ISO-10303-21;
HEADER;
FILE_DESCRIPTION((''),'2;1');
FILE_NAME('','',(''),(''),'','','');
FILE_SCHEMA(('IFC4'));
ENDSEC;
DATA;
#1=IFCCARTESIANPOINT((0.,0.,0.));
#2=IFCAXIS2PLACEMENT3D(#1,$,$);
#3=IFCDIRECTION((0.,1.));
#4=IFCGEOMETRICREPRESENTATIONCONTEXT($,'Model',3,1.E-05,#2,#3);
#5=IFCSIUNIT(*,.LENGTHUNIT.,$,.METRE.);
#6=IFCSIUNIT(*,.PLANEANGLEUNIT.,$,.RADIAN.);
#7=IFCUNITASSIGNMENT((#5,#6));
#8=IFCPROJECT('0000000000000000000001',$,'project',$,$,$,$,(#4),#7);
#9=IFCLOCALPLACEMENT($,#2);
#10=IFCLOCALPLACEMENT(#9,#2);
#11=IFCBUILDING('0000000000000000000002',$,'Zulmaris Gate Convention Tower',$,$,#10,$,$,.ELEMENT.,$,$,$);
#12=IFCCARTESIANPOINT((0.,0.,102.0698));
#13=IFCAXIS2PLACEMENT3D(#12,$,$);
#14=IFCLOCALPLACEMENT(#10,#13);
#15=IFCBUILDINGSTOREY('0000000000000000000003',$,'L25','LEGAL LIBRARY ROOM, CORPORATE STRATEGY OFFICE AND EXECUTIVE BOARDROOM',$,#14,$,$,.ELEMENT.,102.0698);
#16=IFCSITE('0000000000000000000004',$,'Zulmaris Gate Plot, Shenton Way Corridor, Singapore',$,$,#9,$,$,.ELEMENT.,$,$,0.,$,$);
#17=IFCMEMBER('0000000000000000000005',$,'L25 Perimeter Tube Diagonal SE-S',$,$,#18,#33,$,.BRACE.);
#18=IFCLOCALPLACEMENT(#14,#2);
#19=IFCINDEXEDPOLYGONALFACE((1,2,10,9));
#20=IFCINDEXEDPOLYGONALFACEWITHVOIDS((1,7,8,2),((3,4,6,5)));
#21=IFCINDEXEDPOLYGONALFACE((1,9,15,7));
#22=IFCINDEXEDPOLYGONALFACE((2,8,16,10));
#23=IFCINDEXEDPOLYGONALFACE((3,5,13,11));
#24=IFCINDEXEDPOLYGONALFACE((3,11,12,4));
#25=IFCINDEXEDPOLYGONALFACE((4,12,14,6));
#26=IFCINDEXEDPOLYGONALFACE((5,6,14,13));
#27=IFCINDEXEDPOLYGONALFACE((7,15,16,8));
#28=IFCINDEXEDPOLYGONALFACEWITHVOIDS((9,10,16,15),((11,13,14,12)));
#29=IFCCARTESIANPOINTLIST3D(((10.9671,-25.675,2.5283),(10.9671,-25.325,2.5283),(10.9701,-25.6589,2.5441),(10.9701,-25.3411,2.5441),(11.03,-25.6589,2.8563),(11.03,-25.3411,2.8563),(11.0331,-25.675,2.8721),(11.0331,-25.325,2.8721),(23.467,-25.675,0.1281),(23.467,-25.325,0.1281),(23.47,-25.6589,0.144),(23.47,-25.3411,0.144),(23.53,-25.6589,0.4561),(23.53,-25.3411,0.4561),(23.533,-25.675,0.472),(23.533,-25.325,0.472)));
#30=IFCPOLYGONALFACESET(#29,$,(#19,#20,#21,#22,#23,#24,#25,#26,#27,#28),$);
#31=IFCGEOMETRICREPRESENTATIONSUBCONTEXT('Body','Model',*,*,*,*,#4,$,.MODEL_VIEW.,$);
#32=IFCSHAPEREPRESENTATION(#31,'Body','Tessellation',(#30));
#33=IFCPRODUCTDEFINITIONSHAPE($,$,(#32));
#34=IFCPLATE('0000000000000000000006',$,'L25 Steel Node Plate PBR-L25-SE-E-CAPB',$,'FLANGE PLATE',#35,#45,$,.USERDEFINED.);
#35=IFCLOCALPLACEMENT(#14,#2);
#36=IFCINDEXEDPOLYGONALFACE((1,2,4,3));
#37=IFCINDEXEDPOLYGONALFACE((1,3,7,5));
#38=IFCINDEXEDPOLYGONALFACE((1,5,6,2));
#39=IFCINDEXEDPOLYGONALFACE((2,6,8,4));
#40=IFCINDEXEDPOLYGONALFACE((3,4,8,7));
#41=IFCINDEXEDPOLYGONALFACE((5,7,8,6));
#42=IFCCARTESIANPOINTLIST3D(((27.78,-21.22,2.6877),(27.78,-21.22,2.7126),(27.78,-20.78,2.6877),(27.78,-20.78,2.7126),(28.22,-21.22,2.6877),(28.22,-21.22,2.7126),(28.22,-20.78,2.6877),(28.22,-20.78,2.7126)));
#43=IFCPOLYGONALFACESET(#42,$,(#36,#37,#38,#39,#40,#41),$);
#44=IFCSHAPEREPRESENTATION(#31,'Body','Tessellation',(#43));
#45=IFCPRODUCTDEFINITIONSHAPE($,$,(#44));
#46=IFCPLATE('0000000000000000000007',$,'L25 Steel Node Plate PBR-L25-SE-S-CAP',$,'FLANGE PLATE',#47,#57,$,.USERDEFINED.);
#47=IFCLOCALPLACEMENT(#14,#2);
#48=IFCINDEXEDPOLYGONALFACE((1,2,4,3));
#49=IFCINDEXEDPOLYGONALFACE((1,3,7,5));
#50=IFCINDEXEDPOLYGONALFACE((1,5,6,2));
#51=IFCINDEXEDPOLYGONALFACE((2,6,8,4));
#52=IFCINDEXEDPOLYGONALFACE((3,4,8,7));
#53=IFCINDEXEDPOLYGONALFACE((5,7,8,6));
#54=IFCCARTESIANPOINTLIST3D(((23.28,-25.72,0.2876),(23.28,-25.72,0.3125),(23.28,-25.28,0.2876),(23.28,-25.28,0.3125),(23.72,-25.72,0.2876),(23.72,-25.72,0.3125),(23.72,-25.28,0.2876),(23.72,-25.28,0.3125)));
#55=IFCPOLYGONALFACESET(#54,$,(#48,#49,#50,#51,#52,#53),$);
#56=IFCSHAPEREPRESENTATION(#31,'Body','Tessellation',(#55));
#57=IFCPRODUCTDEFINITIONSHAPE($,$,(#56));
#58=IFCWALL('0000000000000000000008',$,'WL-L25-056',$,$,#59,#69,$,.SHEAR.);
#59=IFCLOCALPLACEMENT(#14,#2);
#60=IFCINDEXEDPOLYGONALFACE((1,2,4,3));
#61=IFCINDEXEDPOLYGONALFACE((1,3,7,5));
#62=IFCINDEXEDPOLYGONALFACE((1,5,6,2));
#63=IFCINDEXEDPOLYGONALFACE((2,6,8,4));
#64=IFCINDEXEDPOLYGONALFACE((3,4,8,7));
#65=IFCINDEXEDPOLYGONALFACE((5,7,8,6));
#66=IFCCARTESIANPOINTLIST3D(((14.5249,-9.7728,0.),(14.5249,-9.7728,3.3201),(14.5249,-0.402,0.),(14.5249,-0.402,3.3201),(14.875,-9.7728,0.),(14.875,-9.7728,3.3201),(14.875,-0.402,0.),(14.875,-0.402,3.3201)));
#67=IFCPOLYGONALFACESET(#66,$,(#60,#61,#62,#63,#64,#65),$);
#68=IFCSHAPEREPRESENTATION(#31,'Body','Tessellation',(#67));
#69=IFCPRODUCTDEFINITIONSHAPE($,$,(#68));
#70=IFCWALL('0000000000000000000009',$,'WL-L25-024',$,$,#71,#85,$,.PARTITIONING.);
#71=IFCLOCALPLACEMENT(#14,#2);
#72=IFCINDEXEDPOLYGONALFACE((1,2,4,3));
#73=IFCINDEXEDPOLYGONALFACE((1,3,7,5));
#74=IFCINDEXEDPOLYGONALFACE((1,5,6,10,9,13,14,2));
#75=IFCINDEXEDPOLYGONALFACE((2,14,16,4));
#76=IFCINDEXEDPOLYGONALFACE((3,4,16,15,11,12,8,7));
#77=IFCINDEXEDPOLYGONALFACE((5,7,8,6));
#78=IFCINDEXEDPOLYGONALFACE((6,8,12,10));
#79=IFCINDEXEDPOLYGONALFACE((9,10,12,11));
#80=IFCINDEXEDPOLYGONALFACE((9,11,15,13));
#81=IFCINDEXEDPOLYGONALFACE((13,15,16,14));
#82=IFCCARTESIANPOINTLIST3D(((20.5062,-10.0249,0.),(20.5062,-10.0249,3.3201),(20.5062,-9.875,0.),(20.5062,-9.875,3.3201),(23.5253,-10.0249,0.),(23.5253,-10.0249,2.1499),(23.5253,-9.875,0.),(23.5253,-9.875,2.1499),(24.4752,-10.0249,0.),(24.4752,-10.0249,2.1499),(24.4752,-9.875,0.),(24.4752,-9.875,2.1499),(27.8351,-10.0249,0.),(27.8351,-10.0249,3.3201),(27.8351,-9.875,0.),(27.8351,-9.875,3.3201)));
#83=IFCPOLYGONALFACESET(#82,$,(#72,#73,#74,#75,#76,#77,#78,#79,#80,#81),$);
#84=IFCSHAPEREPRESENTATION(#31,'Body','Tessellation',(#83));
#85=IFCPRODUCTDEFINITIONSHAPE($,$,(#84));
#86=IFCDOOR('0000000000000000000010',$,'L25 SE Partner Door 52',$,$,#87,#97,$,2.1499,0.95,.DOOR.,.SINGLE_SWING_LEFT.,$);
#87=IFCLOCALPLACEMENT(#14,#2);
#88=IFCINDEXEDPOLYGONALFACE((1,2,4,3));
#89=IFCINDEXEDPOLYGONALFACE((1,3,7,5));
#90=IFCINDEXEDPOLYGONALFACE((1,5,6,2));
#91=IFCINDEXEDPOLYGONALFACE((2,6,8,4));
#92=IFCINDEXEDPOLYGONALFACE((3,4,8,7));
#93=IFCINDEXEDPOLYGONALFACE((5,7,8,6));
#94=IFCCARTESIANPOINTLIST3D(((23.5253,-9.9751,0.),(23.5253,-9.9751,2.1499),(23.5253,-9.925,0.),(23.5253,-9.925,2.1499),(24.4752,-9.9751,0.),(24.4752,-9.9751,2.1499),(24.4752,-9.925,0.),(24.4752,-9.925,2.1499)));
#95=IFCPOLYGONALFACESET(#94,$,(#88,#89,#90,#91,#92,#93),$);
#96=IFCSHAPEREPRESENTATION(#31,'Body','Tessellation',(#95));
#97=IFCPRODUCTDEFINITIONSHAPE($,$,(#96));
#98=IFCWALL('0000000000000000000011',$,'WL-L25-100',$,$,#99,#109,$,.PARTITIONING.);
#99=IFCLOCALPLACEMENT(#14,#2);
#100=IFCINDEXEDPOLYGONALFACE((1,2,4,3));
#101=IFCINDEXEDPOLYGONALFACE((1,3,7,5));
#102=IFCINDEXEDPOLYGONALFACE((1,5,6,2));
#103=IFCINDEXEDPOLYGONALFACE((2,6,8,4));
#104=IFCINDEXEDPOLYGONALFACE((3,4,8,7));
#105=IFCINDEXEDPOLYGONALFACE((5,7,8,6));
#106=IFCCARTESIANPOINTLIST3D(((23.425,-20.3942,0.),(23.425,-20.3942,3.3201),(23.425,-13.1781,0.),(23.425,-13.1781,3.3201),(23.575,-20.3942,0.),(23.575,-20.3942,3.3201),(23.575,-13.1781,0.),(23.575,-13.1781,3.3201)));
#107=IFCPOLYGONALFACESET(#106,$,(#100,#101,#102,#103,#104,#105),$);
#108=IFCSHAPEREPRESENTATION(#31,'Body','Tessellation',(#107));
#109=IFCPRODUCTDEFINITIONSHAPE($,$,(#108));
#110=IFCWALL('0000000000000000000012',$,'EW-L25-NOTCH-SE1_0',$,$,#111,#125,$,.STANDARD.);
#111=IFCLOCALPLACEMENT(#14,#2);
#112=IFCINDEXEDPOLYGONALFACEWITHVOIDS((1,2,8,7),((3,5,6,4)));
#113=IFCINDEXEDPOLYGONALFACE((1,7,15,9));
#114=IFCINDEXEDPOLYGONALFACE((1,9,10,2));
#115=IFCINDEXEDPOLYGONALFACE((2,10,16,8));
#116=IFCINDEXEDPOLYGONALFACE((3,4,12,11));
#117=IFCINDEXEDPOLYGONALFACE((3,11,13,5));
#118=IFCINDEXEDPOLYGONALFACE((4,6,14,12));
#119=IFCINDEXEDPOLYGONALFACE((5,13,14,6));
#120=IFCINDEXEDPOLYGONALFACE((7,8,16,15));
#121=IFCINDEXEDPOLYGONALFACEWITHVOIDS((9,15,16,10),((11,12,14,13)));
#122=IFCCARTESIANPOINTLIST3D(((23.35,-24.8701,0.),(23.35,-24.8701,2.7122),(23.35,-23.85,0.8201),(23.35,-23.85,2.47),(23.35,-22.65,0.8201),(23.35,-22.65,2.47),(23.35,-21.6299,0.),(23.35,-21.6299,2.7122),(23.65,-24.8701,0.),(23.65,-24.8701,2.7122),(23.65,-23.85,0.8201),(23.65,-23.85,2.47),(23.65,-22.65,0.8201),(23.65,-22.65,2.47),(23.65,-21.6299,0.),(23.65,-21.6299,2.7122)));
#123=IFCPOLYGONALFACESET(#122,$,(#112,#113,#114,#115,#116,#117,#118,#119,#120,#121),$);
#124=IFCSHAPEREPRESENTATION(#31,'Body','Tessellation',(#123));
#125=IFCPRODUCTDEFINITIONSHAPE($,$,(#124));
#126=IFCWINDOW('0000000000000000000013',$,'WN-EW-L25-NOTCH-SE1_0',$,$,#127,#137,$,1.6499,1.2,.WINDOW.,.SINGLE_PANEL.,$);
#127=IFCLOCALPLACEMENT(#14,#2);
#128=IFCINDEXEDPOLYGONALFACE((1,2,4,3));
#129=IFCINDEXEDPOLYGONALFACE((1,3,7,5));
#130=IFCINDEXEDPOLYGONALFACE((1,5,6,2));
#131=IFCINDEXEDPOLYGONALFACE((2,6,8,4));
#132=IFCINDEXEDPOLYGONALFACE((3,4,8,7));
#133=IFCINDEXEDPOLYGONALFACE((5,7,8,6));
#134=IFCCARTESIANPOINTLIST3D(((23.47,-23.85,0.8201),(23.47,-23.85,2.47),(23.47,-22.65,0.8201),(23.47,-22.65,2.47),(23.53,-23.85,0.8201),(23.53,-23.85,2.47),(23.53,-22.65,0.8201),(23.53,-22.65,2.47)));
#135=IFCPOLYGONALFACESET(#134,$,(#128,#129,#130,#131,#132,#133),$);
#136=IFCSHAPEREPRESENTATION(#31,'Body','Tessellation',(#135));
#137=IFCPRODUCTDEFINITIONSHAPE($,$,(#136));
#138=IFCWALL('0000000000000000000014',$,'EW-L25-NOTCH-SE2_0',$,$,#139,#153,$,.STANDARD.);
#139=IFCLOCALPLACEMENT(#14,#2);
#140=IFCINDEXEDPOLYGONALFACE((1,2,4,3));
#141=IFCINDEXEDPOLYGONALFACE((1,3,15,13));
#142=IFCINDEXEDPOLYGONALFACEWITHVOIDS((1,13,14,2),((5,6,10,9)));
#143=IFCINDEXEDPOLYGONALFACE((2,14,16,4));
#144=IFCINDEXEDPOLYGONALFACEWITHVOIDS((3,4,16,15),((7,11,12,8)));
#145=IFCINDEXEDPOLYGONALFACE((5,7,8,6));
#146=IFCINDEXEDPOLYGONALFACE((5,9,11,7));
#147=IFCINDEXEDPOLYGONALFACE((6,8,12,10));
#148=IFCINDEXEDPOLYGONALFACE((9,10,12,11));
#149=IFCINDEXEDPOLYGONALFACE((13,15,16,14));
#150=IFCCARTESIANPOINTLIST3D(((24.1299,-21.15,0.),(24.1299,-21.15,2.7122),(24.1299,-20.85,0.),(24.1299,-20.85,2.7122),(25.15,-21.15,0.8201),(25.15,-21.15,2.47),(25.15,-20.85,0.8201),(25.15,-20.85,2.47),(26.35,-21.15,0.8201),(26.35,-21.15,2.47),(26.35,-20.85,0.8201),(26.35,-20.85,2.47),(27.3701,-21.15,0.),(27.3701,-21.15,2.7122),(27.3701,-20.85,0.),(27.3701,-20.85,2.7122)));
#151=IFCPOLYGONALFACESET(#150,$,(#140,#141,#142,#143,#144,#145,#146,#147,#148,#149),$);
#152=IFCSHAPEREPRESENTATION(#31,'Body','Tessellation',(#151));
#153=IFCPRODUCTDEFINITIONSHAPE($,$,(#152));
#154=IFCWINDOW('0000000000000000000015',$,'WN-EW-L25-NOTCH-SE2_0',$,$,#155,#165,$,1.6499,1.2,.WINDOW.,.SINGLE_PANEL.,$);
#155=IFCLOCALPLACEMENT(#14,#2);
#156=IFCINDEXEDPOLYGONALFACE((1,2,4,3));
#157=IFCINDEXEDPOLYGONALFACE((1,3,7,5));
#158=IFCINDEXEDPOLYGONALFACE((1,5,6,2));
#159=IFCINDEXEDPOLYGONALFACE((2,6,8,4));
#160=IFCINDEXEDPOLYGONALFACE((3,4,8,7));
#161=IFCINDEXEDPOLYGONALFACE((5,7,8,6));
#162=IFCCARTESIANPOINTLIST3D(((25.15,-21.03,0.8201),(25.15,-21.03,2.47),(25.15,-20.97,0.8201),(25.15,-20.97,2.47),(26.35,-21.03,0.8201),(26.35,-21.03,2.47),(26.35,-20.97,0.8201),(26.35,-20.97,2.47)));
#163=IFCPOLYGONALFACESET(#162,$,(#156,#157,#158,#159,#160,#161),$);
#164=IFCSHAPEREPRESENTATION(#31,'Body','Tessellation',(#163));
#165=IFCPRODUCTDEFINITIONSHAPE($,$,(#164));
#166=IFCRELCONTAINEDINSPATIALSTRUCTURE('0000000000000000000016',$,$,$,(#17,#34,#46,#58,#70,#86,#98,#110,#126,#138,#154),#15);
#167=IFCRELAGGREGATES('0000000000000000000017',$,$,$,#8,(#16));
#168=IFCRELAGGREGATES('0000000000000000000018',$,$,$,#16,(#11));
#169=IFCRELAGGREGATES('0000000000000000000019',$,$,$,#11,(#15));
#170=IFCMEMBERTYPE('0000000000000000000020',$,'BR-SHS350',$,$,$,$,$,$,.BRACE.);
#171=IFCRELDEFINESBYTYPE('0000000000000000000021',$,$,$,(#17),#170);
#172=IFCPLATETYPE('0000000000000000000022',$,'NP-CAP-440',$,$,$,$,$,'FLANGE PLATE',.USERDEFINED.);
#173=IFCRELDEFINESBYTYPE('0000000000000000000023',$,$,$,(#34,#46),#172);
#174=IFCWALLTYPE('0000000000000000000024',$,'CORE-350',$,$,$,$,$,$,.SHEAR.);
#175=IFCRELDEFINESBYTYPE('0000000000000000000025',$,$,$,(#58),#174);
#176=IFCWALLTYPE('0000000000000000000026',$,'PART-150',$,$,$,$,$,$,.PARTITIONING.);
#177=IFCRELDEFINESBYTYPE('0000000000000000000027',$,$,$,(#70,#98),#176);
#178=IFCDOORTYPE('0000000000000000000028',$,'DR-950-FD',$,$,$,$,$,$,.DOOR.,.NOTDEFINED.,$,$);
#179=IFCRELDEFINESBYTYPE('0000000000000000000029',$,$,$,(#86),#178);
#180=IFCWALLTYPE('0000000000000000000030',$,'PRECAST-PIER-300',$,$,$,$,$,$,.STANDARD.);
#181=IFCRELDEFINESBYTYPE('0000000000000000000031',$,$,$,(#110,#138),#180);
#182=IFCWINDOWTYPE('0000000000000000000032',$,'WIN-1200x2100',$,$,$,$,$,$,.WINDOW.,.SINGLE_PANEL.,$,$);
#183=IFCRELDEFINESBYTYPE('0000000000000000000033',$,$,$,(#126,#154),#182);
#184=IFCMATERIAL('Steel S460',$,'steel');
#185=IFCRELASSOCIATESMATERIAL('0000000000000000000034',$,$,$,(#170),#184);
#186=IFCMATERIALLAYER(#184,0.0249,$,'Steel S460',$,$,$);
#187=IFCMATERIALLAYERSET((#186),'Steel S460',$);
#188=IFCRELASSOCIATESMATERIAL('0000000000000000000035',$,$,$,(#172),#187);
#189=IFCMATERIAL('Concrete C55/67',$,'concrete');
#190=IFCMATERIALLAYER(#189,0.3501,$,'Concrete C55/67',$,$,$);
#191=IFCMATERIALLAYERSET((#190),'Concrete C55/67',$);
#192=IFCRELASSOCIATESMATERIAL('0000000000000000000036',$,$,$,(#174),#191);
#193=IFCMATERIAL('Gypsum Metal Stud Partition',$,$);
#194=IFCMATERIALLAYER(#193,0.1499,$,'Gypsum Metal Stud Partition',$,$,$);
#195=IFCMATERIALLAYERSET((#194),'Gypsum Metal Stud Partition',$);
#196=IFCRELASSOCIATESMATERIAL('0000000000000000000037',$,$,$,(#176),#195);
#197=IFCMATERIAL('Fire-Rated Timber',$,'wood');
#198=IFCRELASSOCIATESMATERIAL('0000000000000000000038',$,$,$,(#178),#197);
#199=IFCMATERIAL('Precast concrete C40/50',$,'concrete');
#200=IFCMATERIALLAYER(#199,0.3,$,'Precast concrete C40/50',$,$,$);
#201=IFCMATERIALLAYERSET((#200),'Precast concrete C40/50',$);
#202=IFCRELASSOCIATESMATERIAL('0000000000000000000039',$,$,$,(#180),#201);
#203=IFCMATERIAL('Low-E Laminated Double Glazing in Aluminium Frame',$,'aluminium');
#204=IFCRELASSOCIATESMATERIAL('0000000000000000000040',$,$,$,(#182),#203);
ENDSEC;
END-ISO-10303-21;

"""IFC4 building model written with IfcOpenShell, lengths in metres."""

from ifc_helpers import new_model, si_unit, direction, frame, frame_2d, origin, origin_2d, place, context, subcontext, project, spatial, rectangle, hollow_rectangle, extrude, material, layer, layer_set, material_profile, profile_set, type_object, element, fill, save


model = new_model("IFC4")

# Units and contexts
model_context = context("Model", 3, precision=1e-05, world=origin(), true_north=direction((0.0, 1.0)))
body_context = subcontext(model_context, "Body", "Model", "MODEL_VIEW")
ifc_project = project(units=[si_unit("LENGTHUNIT", "METRE"), si_unit("PLANEANGLEUNIT", "RADIAN")], contexts=[model_context])

# Site, building, storey
site_placement = place(None, origin())
site = spatial("IfcSite", under=ifc_project, at=site_placement, Name="Zulmaris Gate Plot, Shenton Way Corridor, Singapore", CompositionType="ELEMENT", RefElevation=0.0)
building_placement = place(site_placement, origin())
building = spatial("IfcBuilding", under=site, at=building_placement, Name="Zulmaris Gate Convention Tower", CompositionType="ELEMENT")
storey_placement = place(building_placement, frame((0.0, 0.0, 102.0698)))
storey = spatial("IfcBuildingStorey", under=building, at=storey_placement, Name="L25", Description="LEGAL LIBRARY ROOM, CORPORATE STRATEGY OFFICE AND EXECUTIVE BOARDROOM", CompositionType="ELEMENT", Elevation=102.0698)

# Member
ifc_material_1 = material(Name="Steel S460", Category="steel")
ifc_material_profile_1 = material_profile(ifc_material_1, hollow_rectangle(XDim=0.3501, YDim=0.3501, WallThickness=0.0161, at=origin_2d()), Name="SHS 350x350x16")
ifc_profile_set_1 = profile_set([ifc_material_profile_1], Name="Steel S460")
member_type = type_object("IfcMemberType", Name="BR-SHS350", PredefinedType="BRACE", material=ifc_profile_set_1)
member_placement = place(storey_placement, frame((23.5, -25.5, 0.3), z_axis=(-0.98206, 0.0, 0.188567), x_axis=(0.0, -1.0, 0.0)))
element("IfcMember", 1, at=member_placement, inside=storey, type_object=member_type, Name="L25 Perimeter Tube Diagonal SE-S", PredefinedType="BRACE", context=body_context, shape_type="SweptSolid", body=[
    extrude(hollow_rectangle(XDim=0.3501, YDim=0.3501, WallThickness=0.0161, at=origin_2d()), origin(), (0.0, 0.0, 1.0), 12.7283),
])

# Plates
ifc_layer_1 = layer(ifc_material_1, 0.0249, Name="Steel S460")
ifc_layer_set_1 = layer_set([ifc_layer_1], Name="Steel S460")
plate_type = type_object("IfcPlateType", Name="NP-CAP-440", ElementType="FLANGE PLATE", PredefinedType="USERDEFINED", material=ifc_layer_set_1)
for number, where, z_axis, x_axis, name in (
    (2, (28.0, -21.0, 2.6877), (0.0, 0.0, 1.0), (1.0, 0.0, 0.0), "L25 Steel Node Plate PBR-L25-SE-E-CAPB"),
    (3, (23.5, -25.5, 0.2876), (0.0, 0.0, 1.0), (1.0, 0.0, 0.0), "L25 Steel Node Plate PBR-L25-SE-S-CAP"),
):
    element("IfcPlate", number, at=place(storey_placement, frame(where, z_axis=z_axis, x_axis=x_axis)), inside=storey, type_object=plate_type, Name=name, ObjectType="FLANGE PLATE", PredefinedType="USERDEFINED", context=body_context, shape_type="SweptSolid", body=[
        extrude(rectangle(XDim=0.4399, YDim=0.4399, at=origin_2d()), origin(), (0.0, 0.0, 1.0), 0.0249),
    ])

# Shared definitions
ifc_material_2 = material(Name="Concrete C55/67", Category="concrete")
ifc_layer_2 = layer(ifc_material_2, 0.3501, Name="Concrete C55/67")
ifc_layer_set_2 = layer_set([ifc_layer_2], Name="Concrete C55/67")
wall_type_1 = type_object("IfcWallType", Name="CORE-350", PredefinedType="SHEAR", material=ifc_layer_set_2)

# Wall
wall_1_placement = place(storey_placement, frame((14.7, -9.7729, 0.0), z_axis=(0.0, 0.0, 1.0), x_axis=(0.0, 1.0, 0.0)))
element("IfcWall", 4, at=wall_1_placement, inside=storey, type_object=wall_type_1, Name="WL-L25-056", PredefinedType="SHEAR", context=body_context, shape_type="SweptSolid", body=[
    extrude(rectangle(XDim=9.3708, YDim=0.3501, at=frame_2d((4.6855, 0.0))), origin(), (0.0, 0.0, 1.0), 3.3201),
])

# Wall, opening, door
ifc_material_3 = material(Name="Gypsum Metal Stud Partition")
ifc_layer_3 = layer(ifc_material_3, 0.1499, Name="Gypsum Metal Stud Partition")
ifc_layer_set_3 = layer_set([ifc_layer_3], Name="Gypsum Metal Stud Partition")
wall_type_2 = type_object("IfcWallType", Name="PART-150", PredefinedType="PARTITIONING", material=ifc_layer_set_3)
wall_2_placement = place(storey_placement, frame((20.5061, -9.95, 0.0), z_axis=(0.0, 0.0, 1.0), x_axis=(1.0, 0.0, 0.0)))
wall_2 = element("IfcWall", 5, at=wall_2_placement, inside=storey, type_object=wall_type_2, Name="WL-L25-024", PredefinedType="PARTITIONING", context=body_context, shape_type="SweptSolid", body=[
    extrude(rectangle(XDim=7.3289, YDim=0.1499, at=frame_2d((3.6646, 0.0))), origin(), (0.0, 0.0, 1.0), 3.3201),
])
opening_1_placement = place(wall_2_placement, frame((3.019, 0.0, 0.0)))
opening_1 = element("IfcOpeningElement", 6, at=opening_1_placement, cuts=wall_2, PredefinedType="OPENING", context=body_context, shape_type="SweptSolid", body=[
    extrude(rectangle(XDim=0.95, YDim=2.1499, at=frame_2d((0.4751, 1.075))), frame((0.0, 0.085, 0.0), z_axis=(0.0, -1.0, 0.0), x_axis=(1.0, 0.0, 0.0)), (0.0, 0.0, 1.0), 0.1699),
])
ifc_material_4 = material(Name="Fire-Rated Timber", Category="wood")
door_type_1 = type_object("IfcDoorType", Name="DR-950-FD", OperationType="NOTDEFINED", PredefinedType="DOOR", material=ifc_material_4)
door_1_placement = place(opening_1_placement, origin())
door_1 = element("IfcDoor", 7, at=door_1_placement, inside=storey, type_object=door_type_1, Name="L25 SE Partner Door 52", OperationType="SINGLE_SWING_LEFT", OverallHeight=2.1499, OverallWidth=0.95, PredefinedType="DOOR", context=body_context, shape_type="SweptSolid", body=[
    extrude(rectangle(XDim=0.95, YDim=2.1499, at=frame_2d((0.4751, 1.075))), frame((0.0, 0.0249, 0.0), z_axis=(0.0, -1.0, 0.0), x_axis=(1.0, 0.0, 0.0)), (0.0, 0.0, 1.0), 0.05),
])
fill(opening_1, door_1)

# Wall
wall_3_placement = place(storey_placement, frame((23.5, -20.394, 0.0), z_axis=(0.0, 0.0, 1.0), x_axis=(0.0, 1.0, 0.0)))
element("IfcWall", 8, at=wall_3_placement, inside=storey, type_object=wall_type_2, Name="WL-L25-100", PredefinedType="PARTITIONING", context=body_context, shape_type="SweptSolid", body=[
    extrude(rectangle(XDim=7.2161, YDim=0.1499, at=frame_2d((3.6079, 0.0))), origin(), (0.0, 0.0, 1.0), 3.3201),
])

# Walls, openings, windows
ifc_material_5 = material(Name="Precast concrete C40/50", Category="concrete")
ifc_layer_4 = layer(ifc_material_5, 0.3, Name="Precast concrete C40/50")
ifc_layer_set_4 = layer_set([ifc_layer_4], Name="Precast concrete C40/50")
wall_type_3 = type_object("IfcWallType", Name="PRECAST-PIER-300", PredefinedType="STANDARD", material=ifc_layer_set_4)
wall_4_placement = place(storey_placement, frame((23.5, -24.8701, 0.0), z_axis=(0.0, 0.0, 1.0), x_axis=(0.0, 1.0, 0.0)))
wall_4 = element("IfcWall", 9, at=wall_4_placement, inside=storey, type_object=wall_type_3, Name="EW-L25-NOTCH-SE1_0", PredefinedType="STANDARD", context=body_context, shape_type="SweptSolid", body=[
    extrude(rectangle(XDim=3.2402, YDim=0.3, at=frame_2d((1.6201, 0.0))), origin(), (0.0, 0.0, 1.0), 2.7122),
])
opening_2_placement = place(wall_4_placement, frame((1.02, 0.0, 0.8201)))
opening_2 = element("IfcOpeningElement", 10, at=opening_2_placement, cuts=wall_4, PredefinedType="OPENING", context=body_context, shape_type="SweptSolid", body=[
    extrude(rectangle(XDim=1.2, YDim=1.6499, at=frame_2d((0.6001, 0.825))), frame((0.0, 0.1602, 0.0), z_axis=(0.0, -1.0, 0.0), x_axis=(1.0, 0.0, 0.0)), (0.0, 0.0, 1.0), 0.3201),
])
ifc_material_6 = material(Name="Low-E Laminated Double Glazing in Aluminium Frame", Category="aluminium")
window_type = type_object("IfcWindowType", Name="WIN-1200x2100", PartitioningType="SINGLE_PANEL", PredefinedType="WINDOW", material=ifc_material_6)
window_1_placement = place(opening_2_placement, origin())
window_1 = element("IfcWindow", 11, at=window_1_placement, inside=storey, type_object=window_type, Name="WN-EW-L25-NOTCH-SE1_0", OverallHeight=1.6499, OverallWidth=1.2, PartitioningType="SINGLE_PANEL", PredefinedType="WINDOW", context=body_context, shape_type="SweptSolid", body=[
    extrude(rectangle(XDim=1.2, YDim=1.6499, at=frame_2d((0.6001, 0.825))), frame((0.0, 0.03, 0.0), z_axis=(0.0, -1.0, 0.0), x_axis=(1.0, 0.0, 0.0)), (0.0, 0.0, 1.0), 0.0601),
])
fill(opening_2, window_1)
wall_5_placement = place(storey_placement, frame((24.1299, -21.0, 0.0), z_axis=(0.0, 0.0, 1.0), x_axis=(1.0, 0.0, 0.0)))
wall_5 = element("IfcWall", 12, at=wall_5_placement, inside=storey, type_object=wall_type_3, Name="EW-L25-NOTCH-SE2_0", PredefinedType="STANDARD", context=body_context, shape_type="SweptSolid", body=[
    extrude(rectangle(XDim=3.2402, YDim=0.3, at=frame_2d((1.6201, 0.0))), origin(), (0.0, 0.0, 1.0), 2.7122),
])
opening_3_placement = place(wall_5_placement, frame((1.02, 0.0, 0.8201)))
opening_3 = element("IfcOpeningElement", 13, at=opening_3_placement, cuts=wall_5, PredefinedType="OPENING", context=body_context, shape_type="SweptSolid", body=[
    extrude(rectangle(XDim=1.2, YDim=1.6499, at=frame_2d((0.6001, 0.825))), frame((0.0, 0.1602, 0.0), z_axis=(0.0, -1.0, 0.0), x_axis=(1.0, 0.0, 0.0)), (0.0, 0.0, 1.0), 0.3201),
])
window_2_placement = place(opening_3_placement, origin())
window_2 = element("IfcWindow", 14, at=window_2_placement, inside=storey, type_object=window_type, Name="WN-EW-L25-NOTCH-SE2_0", OverallHeight=1.6499, OverallWidth=1.2, PartitioningType="SINGLE_PANEL", PredefinedType="WINDOW", context=body_context, shape_type="SweptSolid", body=[
    extrude(rectangle(XDim=1.2, YDim=1.6499, at=frame_2d((0.6001, 0.825))), frame((0.0, 0.03, 0.0), z_axis=(0.0, -1.0, 0.0), x_axis=(1.0, 0.0, 0.0)), (0.0, 0.0, 1.0), 0.0601),
])
fill(opening_3, window_2)

save(model, "model.ifc")
